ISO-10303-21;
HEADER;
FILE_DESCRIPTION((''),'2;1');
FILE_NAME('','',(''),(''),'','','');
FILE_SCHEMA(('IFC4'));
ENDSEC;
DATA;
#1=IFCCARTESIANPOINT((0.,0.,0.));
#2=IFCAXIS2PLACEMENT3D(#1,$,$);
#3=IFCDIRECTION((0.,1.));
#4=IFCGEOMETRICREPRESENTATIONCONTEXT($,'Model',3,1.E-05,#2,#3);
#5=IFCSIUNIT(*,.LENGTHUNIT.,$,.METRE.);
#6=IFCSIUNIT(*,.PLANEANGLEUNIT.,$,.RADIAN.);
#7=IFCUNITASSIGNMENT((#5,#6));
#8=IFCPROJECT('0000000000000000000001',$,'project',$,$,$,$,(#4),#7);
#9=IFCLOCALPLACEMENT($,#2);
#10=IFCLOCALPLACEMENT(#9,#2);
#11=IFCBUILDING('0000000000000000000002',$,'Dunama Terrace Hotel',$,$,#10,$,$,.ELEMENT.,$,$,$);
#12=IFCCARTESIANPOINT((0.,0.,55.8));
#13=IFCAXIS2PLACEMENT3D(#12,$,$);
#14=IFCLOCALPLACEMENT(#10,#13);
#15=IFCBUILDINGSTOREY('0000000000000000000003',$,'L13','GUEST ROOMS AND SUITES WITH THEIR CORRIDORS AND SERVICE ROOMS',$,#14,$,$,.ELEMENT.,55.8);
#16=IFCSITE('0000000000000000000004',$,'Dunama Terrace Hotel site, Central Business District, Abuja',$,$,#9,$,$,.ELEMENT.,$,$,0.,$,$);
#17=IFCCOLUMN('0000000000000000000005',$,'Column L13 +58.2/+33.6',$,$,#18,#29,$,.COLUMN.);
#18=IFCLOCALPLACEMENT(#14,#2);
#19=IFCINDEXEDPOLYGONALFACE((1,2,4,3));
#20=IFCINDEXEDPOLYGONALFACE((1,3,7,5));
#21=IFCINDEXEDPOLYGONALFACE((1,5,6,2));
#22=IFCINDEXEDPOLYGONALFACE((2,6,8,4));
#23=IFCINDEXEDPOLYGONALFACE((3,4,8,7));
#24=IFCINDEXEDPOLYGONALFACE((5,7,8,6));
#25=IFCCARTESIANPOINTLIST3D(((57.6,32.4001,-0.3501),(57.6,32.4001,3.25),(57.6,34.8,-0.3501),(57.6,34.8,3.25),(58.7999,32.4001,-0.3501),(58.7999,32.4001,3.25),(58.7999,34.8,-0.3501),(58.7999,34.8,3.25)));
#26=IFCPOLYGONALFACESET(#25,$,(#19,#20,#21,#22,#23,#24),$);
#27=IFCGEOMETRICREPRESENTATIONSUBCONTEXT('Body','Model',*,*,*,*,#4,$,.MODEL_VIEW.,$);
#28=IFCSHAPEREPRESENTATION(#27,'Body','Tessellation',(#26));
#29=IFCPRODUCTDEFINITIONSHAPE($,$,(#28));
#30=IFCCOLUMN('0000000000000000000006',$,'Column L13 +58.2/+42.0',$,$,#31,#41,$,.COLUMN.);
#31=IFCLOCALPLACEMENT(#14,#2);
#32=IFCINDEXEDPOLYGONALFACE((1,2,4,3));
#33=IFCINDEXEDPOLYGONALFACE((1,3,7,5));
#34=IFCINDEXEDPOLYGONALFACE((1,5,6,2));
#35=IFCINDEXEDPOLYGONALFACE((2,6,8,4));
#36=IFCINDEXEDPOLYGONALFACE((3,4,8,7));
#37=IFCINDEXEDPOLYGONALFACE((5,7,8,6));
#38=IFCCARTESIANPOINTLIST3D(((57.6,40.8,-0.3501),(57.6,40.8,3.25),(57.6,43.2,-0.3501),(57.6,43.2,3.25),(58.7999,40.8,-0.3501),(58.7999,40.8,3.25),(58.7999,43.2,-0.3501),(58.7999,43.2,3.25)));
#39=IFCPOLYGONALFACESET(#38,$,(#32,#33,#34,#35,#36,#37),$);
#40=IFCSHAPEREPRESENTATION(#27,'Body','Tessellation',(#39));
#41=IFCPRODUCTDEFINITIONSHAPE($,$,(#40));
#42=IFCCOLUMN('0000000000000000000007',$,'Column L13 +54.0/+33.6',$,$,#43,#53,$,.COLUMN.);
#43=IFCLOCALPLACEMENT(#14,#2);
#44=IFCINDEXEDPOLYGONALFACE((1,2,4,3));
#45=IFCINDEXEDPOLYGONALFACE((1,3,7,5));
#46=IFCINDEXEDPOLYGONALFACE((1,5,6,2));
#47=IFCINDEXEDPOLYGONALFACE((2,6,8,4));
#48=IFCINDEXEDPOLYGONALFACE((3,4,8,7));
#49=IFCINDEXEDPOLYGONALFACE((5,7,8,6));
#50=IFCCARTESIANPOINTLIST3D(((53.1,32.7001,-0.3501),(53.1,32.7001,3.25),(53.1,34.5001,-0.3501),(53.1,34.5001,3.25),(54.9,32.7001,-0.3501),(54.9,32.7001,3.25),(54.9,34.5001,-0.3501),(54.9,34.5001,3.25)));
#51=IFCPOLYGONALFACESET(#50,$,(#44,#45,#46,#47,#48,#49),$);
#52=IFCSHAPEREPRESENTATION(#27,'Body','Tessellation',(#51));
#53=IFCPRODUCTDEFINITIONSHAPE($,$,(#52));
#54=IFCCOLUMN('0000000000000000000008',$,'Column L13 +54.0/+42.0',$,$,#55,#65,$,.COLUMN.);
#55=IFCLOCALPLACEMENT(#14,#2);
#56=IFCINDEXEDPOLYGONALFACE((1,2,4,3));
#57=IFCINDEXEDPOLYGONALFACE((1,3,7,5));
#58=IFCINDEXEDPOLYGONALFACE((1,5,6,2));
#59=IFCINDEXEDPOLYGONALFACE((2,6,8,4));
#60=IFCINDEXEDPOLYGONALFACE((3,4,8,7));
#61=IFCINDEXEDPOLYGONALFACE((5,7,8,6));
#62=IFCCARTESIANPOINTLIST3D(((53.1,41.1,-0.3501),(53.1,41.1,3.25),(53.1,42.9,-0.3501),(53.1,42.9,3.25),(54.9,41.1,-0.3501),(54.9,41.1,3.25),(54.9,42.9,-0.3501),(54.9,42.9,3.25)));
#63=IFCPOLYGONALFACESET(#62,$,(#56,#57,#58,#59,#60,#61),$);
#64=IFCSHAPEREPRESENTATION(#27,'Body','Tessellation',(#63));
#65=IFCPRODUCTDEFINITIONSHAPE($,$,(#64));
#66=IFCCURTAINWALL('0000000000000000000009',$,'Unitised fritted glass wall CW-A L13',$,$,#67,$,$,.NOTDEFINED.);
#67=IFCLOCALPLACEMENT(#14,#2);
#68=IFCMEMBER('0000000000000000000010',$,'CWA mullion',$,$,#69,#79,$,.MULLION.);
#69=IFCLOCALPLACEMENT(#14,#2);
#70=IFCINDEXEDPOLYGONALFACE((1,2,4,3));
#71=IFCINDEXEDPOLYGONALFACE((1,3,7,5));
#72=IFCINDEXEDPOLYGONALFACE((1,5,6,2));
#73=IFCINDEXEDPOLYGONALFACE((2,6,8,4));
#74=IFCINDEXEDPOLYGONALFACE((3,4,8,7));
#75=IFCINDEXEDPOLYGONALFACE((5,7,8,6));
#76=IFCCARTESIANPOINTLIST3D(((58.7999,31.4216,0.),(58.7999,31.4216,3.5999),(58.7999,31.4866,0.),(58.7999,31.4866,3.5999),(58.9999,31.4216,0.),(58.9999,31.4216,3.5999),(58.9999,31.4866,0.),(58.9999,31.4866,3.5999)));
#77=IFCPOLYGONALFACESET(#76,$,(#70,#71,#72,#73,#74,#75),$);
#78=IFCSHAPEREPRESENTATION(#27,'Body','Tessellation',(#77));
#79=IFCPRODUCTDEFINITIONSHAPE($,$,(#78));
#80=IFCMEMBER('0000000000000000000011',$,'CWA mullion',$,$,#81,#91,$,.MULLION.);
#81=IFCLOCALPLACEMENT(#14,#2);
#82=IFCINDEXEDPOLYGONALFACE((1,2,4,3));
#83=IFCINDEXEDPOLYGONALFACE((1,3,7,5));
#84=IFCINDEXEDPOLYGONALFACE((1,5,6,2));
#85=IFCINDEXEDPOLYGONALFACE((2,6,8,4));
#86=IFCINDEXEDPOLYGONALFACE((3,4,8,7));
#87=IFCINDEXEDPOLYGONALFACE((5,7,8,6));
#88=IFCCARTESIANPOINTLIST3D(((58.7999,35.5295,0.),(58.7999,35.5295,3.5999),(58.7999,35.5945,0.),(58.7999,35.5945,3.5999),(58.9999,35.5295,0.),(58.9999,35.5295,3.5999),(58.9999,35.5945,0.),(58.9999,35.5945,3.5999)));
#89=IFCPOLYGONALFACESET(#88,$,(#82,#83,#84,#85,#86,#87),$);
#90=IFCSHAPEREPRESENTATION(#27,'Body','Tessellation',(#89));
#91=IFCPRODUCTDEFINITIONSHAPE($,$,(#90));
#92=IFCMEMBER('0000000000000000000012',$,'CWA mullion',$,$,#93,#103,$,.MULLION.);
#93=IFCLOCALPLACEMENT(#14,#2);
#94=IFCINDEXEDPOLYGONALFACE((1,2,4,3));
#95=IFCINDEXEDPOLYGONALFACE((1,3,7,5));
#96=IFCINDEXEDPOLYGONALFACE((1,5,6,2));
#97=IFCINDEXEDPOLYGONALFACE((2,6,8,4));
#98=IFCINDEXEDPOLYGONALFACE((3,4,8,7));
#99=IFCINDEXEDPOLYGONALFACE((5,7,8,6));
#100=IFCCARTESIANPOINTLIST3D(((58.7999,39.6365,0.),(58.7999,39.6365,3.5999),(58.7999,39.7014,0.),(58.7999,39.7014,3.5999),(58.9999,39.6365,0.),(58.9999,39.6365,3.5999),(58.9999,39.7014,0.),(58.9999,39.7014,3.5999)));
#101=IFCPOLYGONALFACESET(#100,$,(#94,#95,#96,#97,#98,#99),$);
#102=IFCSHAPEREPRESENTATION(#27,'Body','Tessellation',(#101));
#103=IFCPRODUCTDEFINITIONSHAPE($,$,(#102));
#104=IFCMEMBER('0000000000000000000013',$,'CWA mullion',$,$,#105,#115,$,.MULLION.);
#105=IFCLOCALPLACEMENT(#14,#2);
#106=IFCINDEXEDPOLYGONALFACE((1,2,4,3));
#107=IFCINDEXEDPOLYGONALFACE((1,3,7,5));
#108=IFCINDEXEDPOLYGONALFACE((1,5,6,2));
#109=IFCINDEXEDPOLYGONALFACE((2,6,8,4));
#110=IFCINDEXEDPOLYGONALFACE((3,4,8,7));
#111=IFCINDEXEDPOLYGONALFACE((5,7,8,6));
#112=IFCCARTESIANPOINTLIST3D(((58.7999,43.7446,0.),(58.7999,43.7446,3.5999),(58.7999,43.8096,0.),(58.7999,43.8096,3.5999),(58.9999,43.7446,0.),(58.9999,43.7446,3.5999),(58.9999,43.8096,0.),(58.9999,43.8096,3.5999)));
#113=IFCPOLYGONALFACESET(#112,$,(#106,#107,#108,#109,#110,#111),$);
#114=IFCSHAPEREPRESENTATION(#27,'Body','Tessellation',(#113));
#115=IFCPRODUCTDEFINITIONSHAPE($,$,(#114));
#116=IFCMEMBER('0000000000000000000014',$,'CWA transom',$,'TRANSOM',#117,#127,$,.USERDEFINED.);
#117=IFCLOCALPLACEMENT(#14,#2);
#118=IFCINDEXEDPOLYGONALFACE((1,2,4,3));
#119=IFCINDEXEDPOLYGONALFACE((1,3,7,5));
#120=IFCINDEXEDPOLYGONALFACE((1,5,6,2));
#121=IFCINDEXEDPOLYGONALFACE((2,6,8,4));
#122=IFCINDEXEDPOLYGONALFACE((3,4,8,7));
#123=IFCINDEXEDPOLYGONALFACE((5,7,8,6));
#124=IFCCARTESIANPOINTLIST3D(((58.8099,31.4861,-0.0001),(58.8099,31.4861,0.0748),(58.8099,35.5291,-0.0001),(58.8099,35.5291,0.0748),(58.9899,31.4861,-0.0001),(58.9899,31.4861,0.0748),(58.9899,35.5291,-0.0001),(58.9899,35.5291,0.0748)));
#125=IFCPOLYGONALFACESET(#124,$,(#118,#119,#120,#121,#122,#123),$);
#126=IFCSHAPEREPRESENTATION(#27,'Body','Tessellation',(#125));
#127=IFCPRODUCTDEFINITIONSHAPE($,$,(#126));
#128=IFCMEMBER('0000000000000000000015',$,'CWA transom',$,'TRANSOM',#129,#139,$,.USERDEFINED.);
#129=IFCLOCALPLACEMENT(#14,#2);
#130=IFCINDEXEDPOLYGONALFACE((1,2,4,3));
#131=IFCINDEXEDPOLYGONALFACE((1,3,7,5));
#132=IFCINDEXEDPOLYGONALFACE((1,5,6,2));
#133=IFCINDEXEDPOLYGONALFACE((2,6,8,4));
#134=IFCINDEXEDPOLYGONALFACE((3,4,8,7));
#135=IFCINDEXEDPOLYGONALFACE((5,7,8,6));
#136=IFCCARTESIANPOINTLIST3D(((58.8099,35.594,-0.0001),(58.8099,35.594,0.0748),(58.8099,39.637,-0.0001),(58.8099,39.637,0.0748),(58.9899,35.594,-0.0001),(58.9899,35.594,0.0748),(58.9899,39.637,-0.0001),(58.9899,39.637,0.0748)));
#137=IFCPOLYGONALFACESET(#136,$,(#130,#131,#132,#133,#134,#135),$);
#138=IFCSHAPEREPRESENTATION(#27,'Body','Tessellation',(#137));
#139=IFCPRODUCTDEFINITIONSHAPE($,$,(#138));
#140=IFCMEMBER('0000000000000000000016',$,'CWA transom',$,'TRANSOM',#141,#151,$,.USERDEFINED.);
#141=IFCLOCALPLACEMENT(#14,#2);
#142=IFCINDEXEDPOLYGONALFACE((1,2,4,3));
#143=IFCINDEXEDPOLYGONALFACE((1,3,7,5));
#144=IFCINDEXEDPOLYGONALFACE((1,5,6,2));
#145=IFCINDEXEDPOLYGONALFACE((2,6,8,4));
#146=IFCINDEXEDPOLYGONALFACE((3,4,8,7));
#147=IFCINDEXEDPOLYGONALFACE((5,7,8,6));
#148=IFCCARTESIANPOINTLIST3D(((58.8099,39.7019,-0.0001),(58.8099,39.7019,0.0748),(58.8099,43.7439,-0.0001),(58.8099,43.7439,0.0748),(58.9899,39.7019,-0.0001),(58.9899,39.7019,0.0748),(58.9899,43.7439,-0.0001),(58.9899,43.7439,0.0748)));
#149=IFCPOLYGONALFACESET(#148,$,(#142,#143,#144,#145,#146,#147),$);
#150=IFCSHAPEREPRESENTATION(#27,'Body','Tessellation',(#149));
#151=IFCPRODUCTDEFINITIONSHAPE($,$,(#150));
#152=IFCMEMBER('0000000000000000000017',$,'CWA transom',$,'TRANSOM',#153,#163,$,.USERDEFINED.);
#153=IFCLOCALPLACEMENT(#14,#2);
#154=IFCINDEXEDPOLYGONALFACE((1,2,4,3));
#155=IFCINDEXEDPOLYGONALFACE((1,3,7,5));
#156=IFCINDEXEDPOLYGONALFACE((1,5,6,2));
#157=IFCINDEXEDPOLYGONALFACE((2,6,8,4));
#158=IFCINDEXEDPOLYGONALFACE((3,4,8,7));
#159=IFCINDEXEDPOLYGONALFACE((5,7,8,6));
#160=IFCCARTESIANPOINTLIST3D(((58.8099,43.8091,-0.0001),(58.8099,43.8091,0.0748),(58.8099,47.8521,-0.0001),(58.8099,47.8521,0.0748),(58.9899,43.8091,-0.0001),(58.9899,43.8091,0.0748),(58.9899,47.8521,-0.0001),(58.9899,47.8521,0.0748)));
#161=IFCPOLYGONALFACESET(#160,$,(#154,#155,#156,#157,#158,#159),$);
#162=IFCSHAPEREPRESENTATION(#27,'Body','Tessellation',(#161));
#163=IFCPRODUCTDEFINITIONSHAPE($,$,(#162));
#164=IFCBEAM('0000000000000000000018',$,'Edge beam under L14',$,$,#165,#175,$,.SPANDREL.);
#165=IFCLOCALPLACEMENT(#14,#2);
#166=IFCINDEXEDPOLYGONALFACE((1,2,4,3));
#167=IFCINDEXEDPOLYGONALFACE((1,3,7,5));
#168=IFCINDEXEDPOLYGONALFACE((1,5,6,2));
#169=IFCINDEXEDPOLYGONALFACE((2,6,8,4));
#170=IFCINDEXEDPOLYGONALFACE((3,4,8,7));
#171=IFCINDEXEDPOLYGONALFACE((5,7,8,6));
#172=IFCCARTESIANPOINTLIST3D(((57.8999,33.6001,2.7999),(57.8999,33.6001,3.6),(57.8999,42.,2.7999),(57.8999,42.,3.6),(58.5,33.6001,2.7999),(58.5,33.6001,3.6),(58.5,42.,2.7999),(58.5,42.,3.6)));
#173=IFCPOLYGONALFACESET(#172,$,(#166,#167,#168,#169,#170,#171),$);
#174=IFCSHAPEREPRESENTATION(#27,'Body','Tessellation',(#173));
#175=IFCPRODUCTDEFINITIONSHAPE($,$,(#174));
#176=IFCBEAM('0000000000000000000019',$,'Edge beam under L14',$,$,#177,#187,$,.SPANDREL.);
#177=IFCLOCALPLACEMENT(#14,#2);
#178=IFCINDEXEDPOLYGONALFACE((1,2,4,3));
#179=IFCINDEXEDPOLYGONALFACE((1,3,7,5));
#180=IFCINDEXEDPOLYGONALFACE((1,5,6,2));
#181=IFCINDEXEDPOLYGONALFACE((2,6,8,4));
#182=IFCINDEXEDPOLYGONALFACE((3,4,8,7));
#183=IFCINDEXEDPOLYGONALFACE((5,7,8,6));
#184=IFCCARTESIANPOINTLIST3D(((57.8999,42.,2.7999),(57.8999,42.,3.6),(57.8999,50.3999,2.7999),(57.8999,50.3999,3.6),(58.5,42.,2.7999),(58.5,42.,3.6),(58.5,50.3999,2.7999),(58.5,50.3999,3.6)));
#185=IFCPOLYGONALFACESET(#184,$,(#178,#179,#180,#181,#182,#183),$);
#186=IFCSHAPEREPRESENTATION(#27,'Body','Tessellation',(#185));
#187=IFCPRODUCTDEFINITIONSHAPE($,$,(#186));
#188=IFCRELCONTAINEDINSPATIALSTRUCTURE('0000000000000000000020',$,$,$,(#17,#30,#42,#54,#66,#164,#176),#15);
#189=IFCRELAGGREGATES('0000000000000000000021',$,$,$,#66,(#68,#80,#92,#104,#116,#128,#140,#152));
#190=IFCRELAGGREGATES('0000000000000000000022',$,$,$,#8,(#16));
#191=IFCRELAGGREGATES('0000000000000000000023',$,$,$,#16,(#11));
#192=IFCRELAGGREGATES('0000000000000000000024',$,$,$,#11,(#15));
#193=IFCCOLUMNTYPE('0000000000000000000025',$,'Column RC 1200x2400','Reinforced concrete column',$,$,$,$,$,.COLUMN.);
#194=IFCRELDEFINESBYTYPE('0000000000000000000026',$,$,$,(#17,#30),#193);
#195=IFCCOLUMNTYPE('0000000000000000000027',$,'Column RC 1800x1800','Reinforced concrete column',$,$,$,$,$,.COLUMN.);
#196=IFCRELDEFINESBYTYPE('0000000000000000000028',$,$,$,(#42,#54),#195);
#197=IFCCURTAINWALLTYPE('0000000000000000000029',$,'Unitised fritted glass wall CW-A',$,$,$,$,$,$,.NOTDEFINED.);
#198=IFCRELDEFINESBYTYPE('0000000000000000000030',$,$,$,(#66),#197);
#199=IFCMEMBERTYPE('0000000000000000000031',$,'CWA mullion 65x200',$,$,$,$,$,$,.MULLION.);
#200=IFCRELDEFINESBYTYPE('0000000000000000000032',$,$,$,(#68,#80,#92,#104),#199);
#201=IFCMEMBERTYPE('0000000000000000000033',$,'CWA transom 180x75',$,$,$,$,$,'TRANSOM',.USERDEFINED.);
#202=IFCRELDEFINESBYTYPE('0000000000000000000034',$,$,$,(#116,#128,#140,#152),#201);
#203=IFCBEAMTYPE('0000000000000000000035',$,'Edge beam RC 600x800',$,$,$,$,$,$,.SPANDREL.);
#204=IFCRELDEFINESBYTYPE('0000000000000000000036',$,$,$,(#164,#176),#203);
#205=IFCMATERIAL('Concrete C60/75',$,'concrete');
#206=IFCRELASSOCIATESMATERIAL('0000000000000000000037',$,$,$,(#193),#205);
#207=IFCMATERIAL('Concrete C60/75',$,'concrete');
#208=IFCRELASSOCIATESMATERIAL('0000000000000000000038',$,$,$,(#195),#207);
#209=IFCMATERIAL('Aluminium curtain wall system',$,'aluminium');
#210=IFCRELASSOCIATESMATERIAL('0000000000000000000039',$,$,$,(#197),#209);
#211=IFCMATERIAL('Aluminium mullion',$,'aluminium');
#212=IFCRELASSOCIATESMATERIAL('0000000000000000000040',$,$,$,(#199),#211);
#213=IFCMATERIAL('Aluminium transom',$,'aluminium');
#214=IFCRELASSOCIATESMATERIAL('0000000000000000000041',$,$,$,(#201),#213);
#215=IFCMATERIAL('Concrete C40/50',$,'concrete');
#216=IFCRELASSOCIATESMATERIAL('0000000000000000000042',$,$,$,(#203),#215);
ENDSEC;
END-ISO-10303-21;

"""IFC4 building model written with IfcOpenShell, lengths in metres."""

from ifc_helpers import new_model, si_unit, direction, frame, origin, origin_2d, place, context, subcontext, project, spatial, rectangle, extrude, material, material_profile, profile_set, type_object, element, aggregate, save


model = new_model("IFC4")

# Units and contexts
model_context = context("Model", 3, precision=1e-05, world=origin(), true_north=direction((0.0, 1.0)))
body_context = subcontext(model_context, "Body", "Model", "MODEL_VIEW")
ifc_project = project(units=[si_unit("LENGTHUNIT", "METRE"), si_unit("PLANEANGLEUNIT", "RADIAN")], contexts=[model_context])

# Site, building, storey
site_placement = place(None, origin())
site = spatial("IfcSite", under=ifc_project, at=site_placement, Name="Dunama Terrace Hotel site, Central Business District, Abuja", CompositionType="ELEMENT", RefElevation=0.0)
building_placement = place(site_placement, origin())
building = spatial("IfcBuilding", under=site, at=building_placement, Name="Dunama Terrace Hotel", CompositionType="ELEMENT")
storey_placement = place(building_placement, frame((0.0, 0.0, 55.8)))
storey = spatial("IfcBuildingStorey", under=building, at=storey_placement, Name="L13", Description="GUEST ROOMS AND SUITES WITH THEIR CORRIDORS AND SERVICE ROOMS", CompositionType="ELEMENT", Elevation=55.8)

# Columns
ifc_material_1 = material(Name="Concrete C60/75", Category="concrete")
ifc_material_profile_1 = material_profile(ifc_material_1, rectangle(XDim=1.2, YDim=2.3999, at=origin_2d()), Name="RC 1200x2400")
ifc_profile_set_1 = profile_set([ifc_material_profile_1], Name="Concrete C60/75")
column_type_1 = type_object("IfcColumnType", Name="Column RC 1200x2400", Description="Reinforced concrete column", PredefinedType="COLUMN", material=ifc_profile_set_1)
for number, where, z_axis, x_axis, name in (
    (1, (58.2, 33.6001, -0.3501), (0.0, 0.0, 1.0), (1.0, 0.0, 0.0), "Column L13 +58.2/+33.6"),
    (2, (58.2, 42.0, -0.3501), (0.0, 0.0, 1.0), (1.0, 0.0, 0.0), "Column L13 +58.2/+42.0"),
):
    element("IfcColumn", number, at=place(storey_placement, frame(where, z_axis=z_axis, x_axis=x_axis)), inside=storey, type_object=column_type_1, Name=name, PredefinedType="COLUMN", context=body_context, shape_type="SweptSolid", body=[
        extrude(rectangle(XDim=1.2, YDim=2.3999, at=origin_2d()), origin(), (0.0, 0.0, 1.0), 3.6001),
    ])
ifc_material_2 = material(Name="Concrete C60/75", Category="concrete")
ifc_material_profile_2 = material_profile(ifc_material_2, rectangle(XDim=1.8, YDim=1.8, at=origin_2d()), Name="RC 1800x1800")
ifc_profile_set_2 = profile_set([ifc_material_profile_2], Name="Concrete C60/75")
column_type_2 = type_object("IfcColumnType", Name="Column RC 1800x1800", Description="Reinforced concrete column", PredefinedType="COLUMN", material=ifc_profile_set_2)
for number, where, z_axis, x_axis, name in (
    (3, (54.0, 33.6001, -0.3501), (0.0, 0.0, 1.0), (1.0, 0.0, 0.0), "Column L13 +54.0/+33.6"),
    (4, (54.0, 42.0, -0.3501), (0.0, 0.0, 1.0), (1.0, 0.0, 0.0), "Column L13 +54.0/+42.0"),
):
    element("IfcColumn", number, at=place(storey_placement, frame(where, z_axis=z_axis, x_axis=x_axis)), inside=storey, type_object=column_type_2, Name=name, PredefinedType="COLUMN", context=body_context, shape_type="SweptSolid", body=[
        extrude(rectangle(XDim=1.8, YDim=1.8, at=origin_2d()), origin(), (0.0, 0.0, 1.0), 3.6001),
    ])

# Curtain wall, members
ifc_material_3 = material(Name="Aluminium curtain wall system", Category="aluminium")
curtain_wall_type = type_object("IfcCurtainWallType", Name="Unitised fritted glass wall CW-A", PredefinedType="NOTDEFINED", material=ifc_material_3)
curtain_wall_placement = place(storey_placement, origin())
curtain_wall = element("IfcCurtainWall", 5, at=curtain_wall_placement, inside=storey, type_object=curtain_wall_type, Name="Unitised fritted glass wall CW-A L13", PredefinedType="NOTDEFINED")
ifc_material_4 = material(Name="Aluminium mullion", Category="aluminium")
ifc_material_profile_3 = material_profile(ifc_material_4, rectangle(XDim=0.0649, YDim=0.2, at=origin_2d()), Name="CWA MULLION 65X200")
ifc_profile_set_3 = profile_set([ifc_material_profile_3], Name="Aluminium mullion")
member_type_1 = type_object("IfcMemberType", Name="CWA mullion 65x200", PredefinedType="MULLION", material=ifc_profile_set_3)
member_1_placement = place(storey_placement, frame((58.8999, 31.4541, 0.0), z_axis=(0.0, 0.0, 1.0), x_axis=(0.0, 1.0, 0.0)))
member_1 = element("IfcMember", 6, at=member_1_placement, type_object=member_type_1, Name="CWA mullion", PredefinedType="MULLION", context=body_context, shape_type="SweptSolid", body=[
    extrude(rectangle(XDim=0.0649, YDim=0.2, at=origin_2d()), origin(), (0.0, 0.0, 1.0), 3.5999),
])
member_2_placement = place(storey_placement, frame((58.8999, 35.562, 0.0), z_axis=(0.0, 0.0, 1.0), x_axis=(0.0, 1.0, 0.0)))
member_2 = element("IfcMember", 7, at=member_2_placement, type_object=member_type_1, Name="CWA mullion", PredefinedType="MULLION", context=body_context, shape_type="SweptSolid", body=[
    extrude(rectangle(XDim=0.0649, YDim=0.2, at=origin_2d()), origin(), (0.0, 0.0, 1.0), 3.5999),
])
member_3_placement = place(storey_placement, frame((58.8999, 39.6689, 0.0), z_axis=(0.0, 0.0, 1.0), x_axis=(0.0, 1.0, 0.0)))
member_3 = element("IfcMember", 8, at=member_3_placement, type_object=member_type_1, Name="CWA mullion", PredefinedType="MULLION", context=body_context, shape_type="SweptSolid", body=[
    extrude(rectangle(XDim=0.0649, YDim=0.2, at=origin_2d()), origin(), (0.0, 0.0, 1.0), 3.5999),
])
member_4_placement = place(storey_placement, frame((58.8999, 43.7771, 0.0), z_axis=(0.0, 0.0, 1.0), x_axis=(0.0, 1.0, 0.0)))
member_4 = element("IfcMember", 9, at=member_4_placement, type_object=member_type_1, Name="CWA mullion", PredefinedType="MULLION", context=body_context, shape_type="SweptSolid", body=[
    extrude(rectangle(XDim=0.0649, YDim=0.2, at=origin_2d()), origin(), (0.0, 0.0, 1.0), 3.5999),
])
ifc_material_5 = material(Name="Aluminium transom", Category="aluminium")
ifc_material_profile_4 = material_profile(ifc_material_5, rectangle(XDim=0.1799, YDim=0.075, at=origin_2d()), Name="CWA TRANSOM 180X75")
ifc_profile_set_4 = profile_set([ifc_material_profile_4], Name="Aluminium transom")
member_type_2 = type_object("IfcMemberType", Name="CWA transom 180x75", ElementType="TRANSOM", PredefinedType="USERDEFINED", material=ifc_profile_set_4)
member_5_placement = place(storey_placement, frame((58.8999, 31.4861, 0.0374), z_axis=(0.0, 1.0, 0.0), x_axis=(-1.0, 0.0, 0.0)))
member_5 = element("IfcMember", 10, at=member_5_placement, type_object=member_type_2, Name="CWA transom", ObjectType="TRANSOM", PredefinedType="USERDEFINED", context=body_context, shape_type="SweptSolid", body=[
    extrude(rectangle(XDim=0.1799, YDim=0.075, at=origin_2d()), origin(), (0.0, 0.0, 1.0), 4.043),
])
member_6_placement = place(storey_placement, frame((58.8999, 35.594, 0.0374), z_axis=(0.0, 1.0, 0.0), x_axis=(-1.0, 0.0, 0.0)))
member_6 = element("IfcMember", 11, at=member_6_placement, type_object=member_type_2, Name="CWA transom", ObjectType="TRANSOM", PredefinedType="USERDEFINED", context=body_context, shape_type="SweptSolid", body=[
    extrude(rectangle(XDim=0.1799, YDim=0.075, at=origin_2d()), origin(), (0.0, 0.0, 1.0), 4.043),
])
member_7_placement = place(storey_placement, frame((58.8999, 39.7019, 0.0374), z_axis=(0.0, 1.0, 0.0), x_axis=(-1.0, 0.0, 0.0)))
member_7 = element("IfcMember", 12, at=member_7_placement, type_object=member_type_2, Name="CWA transom", ObjectType="TRANSOM", PredefinedType="USERDEFINED", context=body_context, shape_type="SweptSolid", body=[
    extrude(rectangle(XDim=0.1799, YDim=0.075, at=origin_2d()), origin(), (0.0, 0.0, 1.0), 4.042),
])
member_8_placement = place(storey_placement, frame((58.8999, 43.8091, 0.0374), z_axis=(0.0, 1.0, 0.0), x_axis=(-1.0, 0.0, 0.0)))
member_8 = element("IfcMember", 13, at=member_8_placement, type_object=member_type_2, Name="CWA transom", ObjectType="TRANSOM", PredefinedType="USERDEFINED", context=body_context, shape_type="SweptSolid", body=[
    extrude(rectangle(XDim=0.1799, YDim=0.075, at=origin_2d()), origin(), (0.0, 0.0, 1.0), 4.043),
])

# Beams
ifc_material_6 = material(Name="Concrete C40/50", Category="concrete")
ifc_material_profile_5 = material_profile(ifc_material_6, rectangle(XDim=0.6001, YDim=0.8, at=origin_2d()), Name="RC 600x800")
ifc_profile_set_5 = profile_set([ifc_material_profile_5], Name="Concrete C40/50")
beam_type = type_object("IfcBeamType", Name="Edge beam RC 600x800", PredefinedType="SPANDREL", material=ifc_profile_set_5)
for number, where, z_axis, x_axis, name in (
    (14, (58.2, 33.6001, 3.2), (0.0, 1.0, 0.0), (-1.0, 0.0, 0.0), "Edge beam under L14"),
    (15, (58.2, 42.0, 3.2), (0.0, 1.0, 0.0), (-1.0, 0.0, 0.0), "Edge beam under L14"),
):
    element("IfcBeam", number, at=place(storey_placement, frame(where, z_axis=z_axis, x_axis=x_axis)), inside=storey, type_object=beam_type, Name=name, PredefinedType="SPANDREL", context=body_context, shape_type="SweptSolid", body=[
        extrude(rectangle(XDim=0.6001, YDim=0.8, at=origin_2d()), origin(), (0.0, 0.0, 1.0), 8.3999),
    ])

aggregate(curtain_wall, [member_1, member_2, member_3, member_4, member_5, member_6, member_7, member_8])

save(model, "model.ifc")
